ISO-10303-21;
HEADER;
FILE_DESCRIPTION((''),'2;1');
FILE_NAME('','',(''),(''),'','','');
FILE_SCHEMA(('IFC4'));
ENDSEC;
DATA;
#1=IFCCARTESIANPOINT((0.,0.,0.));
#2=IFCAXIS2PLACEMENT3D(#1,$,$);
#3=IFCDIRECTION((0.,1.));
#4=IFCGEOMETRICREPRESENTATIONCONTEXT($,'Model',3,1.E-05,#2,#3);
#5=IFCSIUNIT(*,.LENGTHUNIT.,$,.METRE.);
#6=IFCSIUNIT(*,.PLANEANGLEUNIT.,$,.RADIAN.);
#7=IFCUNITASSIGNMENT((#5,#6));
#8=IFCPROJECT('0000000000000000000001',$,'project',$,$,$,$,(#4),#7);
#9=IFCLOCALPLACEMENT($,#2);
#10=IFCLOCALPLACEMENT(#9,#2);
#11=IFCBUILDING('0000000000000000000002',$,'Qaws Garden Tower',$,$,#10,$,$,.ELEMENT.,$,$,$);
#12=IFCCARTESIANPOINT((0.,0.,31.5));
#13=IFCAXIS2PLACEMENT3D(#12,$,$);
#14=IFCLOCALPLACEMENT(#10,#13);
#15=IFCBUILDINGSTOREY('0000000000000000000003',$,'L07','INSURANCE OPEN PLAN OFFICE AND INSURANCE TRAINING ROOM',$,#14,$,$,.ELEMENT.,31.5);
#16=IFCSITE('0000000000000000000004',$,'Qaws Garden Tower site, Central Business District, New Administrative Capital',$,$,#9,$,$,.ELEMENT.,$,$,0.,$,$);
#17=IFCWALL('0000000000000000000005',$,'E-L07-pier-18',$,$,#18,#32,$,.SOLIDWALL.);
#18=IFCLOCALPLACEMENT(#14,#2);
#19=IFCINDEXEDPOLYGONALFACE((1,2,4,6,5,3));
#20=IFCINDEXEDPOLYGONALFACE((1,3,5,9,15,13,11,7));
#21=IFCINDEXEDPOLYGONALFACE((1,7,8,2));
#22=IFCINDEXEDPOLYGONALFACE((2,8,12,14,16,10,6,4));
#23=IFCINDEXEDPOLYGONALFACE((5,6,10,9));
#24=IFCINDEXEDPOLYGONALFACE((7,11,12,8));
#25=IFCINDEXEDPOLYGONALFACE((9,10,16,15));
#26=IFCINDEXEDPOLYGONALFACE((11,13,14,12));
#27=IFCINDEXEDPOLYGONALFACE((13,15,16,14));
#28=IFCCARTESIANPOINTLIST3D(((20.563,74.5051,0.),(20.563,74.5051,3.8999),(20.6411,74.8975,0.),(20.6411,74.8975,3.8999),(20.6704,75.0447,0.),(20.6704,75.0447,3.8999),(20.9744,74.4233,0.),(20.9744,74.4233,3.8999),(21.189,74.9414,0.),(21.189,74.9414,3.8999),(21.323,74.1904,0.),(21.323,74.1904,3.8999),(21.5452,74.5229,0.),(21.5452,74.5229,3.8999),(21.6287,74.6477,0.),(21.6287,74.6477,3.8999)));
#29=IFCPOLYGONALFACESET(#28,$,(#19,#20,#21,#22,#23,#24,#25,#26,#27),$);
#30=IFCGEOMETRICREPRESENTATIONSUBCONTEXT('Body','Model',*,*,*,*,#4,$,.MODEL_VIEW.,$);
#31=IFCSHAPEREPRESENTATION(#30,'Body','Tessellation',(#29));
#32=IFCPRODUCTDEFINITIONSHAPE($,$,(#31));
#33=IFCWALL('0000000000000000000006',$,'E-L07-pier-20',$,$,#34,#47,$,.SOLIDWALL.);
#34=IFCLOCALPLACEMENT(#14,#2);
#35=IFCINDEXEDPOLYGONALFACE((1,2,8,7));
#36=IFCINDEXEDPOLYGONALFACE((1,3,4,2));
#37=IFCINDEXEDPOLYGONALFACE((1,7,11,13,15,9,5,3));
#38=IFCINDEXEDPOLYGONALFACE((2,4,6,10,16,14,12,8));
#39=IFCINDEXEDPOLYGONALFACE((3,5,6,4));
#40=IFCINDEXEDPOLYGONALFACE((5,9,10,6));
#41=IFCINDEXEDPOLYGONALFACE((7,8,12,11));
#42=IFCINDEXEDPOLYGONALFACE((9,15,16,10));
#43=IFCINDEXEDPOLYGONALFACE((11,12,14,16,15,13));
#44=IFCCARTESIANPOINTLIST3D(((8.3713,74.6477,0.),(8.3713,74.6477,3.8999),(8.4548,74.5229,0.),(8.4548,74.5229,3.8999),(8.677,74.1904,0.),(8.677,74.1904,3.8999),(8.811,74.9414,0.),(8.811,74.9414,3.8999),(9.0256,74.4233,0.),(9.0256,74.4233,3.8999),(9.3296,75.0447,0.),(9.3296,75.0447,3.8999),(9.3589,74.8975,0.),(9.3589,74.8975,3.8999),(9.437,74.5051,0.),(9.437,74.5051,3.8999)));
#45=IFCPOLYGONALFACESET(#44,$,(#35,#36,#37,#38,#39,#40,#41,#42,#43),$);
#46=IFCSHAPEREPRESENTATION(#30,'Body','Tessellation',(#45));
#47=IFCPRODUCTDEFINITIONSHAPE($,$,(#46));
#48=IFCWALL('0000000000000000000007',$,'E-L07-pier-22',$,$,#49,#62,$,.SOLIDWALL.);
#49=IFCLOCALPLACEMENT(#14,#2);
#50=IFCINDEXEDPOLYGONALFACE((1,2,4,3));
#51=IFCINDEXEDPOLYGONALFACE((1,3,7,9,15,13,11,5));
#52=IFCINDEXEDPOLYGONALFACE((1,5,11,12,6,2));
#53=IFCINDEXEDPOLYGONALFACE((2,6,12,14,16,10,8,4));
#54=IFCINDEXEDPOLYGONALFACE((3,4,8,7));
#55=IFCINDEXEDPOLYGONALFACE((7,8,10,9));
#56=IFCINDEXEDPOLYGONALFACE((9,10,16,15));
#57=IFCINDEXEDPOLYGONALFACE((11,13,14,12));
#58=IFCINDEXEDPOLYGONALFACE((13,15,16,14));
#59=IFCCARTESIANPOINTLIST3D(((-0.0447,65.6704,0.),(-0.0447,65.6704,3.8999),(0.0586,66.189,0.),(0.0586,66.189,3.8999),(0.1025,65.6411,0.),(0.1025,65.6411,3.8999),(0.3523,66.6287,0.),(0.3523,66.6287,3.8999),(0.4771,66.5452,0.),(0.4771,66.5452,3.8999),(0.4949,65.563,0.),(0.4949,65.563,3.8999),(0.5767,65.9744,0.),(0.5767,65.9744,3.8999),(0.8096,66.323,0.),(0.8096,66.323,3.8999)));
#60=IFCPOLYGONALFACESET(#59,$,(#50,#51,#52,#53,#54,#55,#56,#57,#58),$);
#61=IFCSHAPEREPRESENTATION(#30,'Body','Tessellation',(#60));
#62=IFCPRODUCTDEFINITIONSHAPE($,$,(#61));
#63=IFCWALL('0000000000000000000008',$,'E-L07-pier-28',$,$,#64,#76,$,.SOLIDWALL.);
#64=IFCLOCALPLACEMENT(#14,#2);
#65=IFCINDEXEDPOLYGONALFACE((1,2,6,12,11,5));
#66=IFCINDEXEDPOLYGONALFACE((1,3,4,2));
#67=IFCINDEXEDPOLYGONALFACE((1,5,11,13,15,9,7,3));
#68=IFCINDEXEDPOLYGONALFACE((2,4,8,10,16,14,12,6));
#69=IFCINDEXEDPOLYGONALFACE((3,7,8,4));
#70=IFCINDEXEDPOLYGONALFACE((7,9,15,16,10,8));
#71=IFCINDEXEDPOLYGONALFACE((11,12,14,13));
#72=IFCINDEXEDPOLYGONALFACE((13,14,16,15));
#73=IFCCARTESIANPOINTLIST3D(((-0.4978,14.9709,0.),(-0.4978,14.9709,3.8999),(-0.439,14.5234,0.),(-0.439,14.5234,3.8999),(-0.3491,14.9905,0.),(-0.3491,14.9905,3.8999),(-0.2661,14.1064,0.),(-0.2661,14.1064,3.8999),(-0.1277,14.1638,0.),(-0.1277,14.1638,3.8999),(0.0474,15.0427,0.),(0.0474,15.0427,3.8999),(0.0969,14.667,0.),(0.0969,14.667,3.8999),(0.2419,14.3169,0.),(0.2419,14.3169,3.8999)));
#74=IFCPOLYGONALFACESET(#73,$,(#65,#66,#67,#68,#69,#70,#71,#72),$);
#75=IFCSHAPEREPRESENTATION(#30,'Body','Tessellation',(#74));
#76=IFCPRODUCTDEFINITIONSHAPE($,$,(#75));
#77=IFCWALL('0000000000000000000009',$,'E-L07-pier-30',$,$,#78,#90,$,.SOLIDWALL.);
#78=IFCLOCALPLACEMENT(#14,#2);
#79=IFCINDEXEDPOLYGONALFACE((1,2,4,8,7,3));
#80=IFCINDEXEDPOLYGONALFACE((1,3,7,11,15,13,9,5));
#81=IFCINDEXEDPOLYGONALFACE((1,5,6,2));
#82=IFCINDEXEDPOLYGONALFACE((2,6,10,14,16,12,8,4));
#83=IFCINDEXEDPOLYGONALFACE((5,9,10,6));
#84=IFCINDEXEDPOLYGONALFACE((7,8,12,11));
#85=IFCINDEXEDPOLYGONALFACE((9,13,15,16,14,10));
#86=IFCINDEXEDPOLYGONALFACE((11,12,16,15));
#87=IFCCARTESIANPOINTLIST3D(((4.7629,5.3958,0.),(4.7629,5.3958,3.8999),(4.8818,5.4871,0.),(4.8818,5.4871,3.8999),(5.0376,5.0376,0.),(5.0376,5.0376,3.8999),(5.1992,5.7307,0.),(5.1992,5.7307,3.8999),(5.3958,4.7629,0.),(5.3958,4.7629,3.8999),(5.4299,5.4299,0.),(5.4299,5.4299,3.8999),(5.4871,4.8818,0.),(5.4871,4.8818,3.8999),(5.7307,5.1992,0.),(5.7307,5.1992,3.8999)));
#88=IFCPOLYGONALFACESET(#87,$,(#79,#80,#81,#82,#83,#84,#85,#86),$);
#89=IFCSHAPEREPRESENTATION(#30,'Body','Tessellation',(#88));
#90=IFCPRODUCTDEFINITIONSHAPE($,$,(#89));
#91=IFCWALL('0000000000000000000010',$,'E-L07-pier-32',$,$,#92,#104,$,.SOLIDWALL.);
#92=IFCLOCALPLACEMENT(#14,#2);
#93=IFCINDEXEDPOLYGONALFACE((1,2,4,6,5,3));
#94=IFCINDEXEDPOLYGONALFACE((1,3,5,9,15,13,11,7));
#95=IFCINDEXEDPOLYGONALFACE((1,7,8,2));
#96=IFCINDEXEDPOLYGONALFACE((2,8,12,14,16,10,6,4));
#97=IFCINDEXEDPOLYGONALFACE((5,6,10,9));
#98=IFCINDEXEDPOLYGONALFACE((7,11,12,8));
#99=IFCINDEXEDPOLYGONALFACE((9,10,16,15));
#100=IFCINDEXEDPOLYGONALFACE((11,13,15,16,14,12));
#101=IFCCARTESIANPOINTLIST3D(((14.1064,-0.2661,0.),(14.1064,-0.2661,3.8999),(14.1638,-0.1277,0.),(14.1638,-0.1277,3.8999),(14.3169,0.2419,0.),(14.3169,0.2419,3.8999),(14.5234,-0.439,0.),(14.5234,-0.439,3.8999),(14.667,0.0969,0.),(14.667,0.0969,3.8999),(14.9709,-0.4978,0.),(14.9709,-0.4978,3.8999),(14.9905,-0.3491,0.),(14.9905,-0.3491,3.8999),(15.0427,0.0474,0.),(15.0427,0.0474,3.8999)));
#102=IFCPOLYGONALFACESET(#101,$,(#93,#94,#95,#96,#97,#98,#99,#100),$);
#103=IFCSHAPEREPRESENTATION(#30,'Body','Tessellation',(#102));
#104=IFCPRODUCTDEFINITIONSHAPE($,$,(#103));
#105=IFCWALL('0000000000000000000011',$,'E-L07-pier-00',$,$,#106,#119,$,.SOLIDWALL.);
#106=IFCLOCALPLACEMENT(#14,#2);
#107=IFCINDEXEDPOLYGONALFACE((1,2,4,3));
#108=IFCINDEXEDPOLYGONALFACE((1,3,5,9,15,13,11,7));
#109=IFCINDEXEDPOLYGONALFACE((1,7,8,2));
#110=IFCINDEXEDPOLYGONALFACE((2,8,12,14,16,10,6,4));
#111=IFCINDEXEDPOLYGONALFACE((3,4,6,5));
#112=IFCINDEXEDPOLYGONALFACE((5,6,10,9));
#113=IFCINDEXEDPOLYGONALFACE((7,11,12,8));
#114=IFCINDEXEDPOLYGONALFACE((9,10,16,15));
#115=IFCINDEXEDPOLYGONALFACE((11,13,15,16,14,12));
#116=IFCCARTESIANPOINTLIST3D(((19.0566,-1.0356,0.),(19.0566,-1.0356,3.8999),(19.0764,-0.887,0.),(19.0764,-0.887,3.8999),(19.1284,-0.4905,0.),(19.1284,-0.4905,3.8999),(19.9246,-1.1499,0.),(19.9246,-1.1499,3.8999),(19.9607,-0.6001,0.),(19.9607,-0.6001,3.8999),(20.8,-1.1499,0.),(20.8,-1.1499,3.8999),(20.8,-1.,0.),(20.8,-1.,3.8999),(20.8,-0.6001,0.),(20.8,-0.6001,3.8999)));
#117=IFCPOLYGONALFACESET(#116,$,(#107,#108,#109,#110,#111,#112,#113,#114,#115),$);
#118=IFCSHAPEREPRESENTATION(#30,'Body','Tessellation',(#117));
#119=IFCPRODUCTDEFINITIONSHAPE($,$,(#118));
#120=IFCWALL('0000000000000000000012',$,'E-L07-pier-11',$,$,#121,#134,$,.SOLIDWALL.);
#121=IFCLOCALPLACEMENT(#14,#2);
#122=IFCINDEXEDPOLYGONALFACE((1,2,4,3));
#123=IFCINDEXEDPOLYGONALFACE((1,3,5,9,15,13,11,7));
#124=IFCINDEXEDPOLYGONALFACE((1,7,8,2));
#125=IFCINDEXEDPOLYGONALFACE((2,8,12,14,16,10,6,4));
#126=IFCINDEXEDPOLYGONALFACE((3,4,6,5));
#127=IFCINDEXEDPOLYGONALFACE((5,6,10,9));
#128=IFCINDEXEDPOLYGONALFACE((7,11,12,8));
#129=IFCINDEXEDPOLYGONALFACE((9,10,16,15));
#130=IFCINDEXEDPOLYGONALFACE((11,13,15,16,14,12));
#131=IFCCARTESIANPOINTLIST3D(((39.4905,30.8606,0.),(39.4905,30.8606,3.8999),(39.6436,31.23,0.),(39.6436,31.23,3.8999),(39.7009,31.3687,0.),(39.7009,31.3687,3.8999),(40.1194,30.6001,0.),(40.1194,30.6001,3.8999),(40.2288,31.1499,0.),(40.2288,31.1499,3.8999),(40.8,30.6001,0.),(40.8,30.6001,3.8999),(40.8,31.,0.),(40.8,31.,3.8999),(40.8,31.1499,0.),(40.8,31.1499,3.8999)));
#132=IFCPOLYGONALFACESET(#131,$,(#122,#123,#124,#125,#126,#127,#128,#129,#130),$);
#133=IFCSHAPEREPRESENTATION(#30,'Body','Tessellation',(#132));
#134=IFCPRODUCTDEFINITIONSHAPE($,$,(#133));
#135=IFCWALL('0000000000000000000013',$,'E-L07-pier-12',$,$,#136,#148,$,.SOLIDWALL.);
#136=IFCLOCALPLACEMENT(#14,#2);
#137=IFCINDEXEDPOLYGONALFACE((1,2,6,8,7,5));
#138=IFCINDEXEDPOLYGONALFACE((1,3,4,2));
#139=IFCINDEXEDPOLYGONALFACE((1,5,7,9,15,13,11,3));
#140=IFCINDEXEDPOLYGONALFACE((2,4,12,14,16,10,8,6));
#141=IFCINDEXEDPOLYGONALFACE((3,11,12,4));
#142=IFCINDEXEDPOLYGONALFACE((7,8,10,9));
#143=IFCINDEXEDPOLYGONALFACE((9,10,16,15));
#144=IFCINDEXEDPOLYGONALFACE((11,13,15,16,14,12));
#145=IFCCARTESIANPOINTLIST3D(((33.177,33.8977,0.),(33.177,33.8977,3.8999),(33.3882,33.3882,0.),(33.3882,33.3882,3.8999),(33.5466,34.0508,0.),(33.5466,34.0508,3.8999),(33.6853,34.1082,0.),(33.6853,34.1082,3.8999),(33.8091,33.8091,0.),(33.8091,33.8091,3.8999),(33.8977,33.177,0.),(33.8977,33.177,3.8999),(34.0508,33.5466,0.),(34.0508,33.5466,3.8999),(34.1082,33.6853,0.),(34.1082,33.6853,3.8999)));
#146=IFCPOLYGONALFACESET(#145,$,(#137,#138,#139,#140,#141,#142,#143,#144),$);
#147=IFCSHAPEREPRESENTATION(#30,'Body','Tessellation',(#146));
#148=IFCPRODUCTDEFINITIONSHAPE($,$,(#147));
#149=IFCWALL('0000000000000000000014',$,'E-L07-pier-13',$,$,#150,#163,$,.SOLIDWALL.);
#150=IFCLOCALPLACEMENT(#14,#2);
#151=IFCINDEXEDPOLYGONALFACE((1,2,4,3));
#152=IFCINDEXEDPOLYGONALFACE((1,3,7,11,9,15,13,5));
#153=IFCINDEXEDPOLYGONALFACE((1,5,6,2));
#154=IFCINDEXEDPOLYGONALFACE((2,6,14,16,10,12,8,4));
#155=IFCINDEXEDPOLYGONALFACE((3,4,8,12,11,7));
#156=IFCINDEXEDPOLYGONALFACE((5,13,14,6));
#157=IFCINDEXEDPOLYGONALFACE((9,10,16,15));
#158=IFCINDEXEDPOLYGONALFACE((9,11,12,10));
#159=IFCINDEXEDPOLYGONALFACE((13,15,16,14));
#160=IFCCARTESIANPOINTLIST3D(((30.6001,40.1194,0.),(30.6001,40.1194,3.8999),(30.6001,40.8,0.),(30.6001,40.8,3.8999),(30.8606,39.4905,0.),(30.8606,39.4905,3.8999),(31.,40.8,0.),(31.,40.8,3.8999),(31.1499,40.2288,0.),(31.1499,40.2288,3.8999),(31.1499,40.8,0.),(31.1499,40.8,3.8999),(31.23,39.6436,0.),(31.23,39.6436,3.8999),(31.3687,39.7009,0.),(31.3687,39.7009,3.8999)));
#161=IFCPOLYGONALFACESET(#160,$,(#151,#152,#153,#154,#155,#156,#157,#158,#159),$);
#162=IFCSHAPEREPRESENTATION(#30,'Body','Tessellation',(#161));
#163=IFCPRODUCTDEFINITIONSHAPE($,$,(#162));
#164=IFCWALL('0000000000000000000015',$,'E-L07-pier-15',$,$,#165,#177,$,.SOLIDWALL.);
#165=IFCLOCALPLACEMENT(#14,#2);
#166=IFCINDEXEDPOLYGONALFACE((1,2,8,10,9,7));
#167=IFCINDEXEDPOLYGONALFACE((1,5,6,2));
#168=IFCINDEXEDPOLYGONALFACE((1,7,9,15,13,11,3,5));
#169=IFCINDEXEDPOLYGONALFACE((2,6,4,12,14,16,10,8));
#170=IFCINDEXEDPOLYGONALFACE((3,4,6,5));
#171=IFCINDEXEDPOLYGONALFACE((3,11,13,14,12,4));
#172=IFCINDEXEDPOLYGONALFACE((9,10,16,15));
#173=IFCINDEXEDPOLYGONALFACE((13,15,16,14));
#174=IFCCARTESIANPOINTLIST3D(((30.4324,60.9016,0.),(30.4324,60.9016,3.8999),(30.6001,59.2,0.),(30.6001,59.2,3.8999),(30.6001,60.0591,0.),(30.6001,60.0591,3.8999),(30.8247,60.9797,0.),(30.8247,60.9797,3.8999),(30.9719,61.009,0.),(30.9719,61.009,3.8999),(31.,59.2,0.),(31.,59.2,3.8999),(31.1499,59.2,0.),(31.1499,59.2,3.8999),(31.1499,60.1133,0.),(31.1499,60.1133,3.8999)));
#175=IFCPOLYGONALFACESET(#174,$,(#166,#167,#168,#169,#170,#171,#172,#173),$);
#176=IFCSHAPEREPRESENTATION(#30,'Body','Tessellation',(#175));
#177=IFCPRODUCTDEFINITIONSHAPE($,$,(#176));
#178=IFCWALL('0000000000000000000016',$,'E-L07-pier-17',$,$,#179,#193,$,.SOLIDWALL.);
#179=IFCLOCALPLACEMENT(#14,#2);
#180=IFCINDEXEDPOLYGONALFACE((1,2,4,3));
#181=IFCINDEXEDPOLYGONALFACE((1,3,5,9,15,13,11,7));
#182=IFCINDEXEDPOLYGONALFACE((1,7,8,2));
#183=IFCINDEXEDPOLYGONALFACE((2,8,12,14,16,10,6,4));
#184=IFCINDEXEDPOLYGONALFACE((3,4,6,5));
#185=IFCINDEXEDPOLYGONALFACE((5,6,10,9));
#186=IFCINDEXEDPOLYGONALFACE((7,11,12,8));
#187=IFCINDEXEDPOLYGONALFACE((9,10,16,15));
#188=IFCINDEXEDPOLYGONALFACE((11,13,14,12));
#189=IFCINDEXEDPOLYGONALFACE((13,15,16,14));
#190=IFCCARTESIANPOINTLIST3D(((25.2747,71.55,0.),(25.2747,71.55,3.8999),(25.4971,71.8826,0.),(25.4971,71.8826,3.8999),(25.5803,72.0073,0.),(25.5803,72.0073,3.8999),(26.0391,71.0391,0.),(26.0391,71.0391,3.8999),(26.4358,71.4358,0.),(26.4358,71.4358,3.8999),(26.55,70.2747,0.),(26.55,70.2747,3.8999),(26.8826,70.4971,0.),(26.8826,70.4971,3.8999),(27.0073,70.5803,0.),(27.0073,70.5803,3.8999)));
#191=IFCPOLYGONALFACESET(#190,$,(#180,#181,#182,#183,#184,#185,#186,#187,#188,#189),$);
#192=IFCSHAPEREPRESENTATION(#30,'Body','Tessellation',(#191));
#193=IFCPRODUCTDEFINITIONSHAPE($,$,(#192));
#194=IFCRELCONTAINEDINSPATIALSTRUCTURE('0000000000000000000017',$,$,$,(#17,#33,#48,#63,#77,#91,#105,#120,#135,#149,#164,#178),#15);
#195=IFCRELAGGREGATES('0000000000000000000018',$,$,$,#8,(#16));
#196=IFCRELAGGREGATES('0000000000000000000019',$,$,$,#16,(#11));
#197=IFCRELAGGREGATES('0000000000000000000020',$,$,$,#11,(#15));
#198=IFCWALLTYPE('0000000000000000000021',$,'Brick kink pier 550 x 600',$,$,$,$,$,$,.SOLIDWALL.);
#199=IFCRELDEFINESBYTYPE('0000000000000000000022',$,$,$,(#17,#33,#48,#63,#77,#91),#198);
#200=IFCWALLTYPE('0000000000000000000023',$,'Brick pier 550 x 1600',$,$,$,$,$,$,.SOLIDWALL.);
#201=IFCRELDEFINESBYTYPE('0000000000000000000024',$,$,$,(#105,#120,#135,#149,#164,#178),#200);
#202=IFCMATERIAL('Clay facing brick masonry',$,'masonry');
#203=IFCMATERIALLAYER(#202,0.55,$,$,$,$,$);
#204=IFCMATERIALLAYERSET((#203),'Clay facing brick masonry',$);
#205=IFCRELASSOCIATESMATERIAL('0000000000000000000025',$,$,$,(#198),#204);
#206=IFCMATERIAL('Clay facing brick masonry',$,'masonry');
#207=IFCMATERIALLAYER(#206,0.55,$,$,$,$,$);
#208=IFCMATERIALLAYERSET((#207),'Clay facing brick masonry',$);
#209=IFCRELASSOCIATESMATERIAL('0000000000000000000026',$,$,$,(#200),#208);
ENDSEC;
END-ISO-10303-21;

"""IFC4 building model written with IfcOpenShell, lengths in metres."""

from ifc_helpers import new_model, si_unit, direction, frame, origin, place, context, subcontext, project, spatial, polyline, outline, extrude, material, layer, layer_set, type_object, element, save


model = new_model("IFC4")

# Units and contexts
model_context = context("Model", 3, precision=1e-05, world=origin(), true_north=direction((0.0, 1.0)))
body_context = subcontext(model_context, "Body", "Model", "MODEL_VIEW")
ifc_project = project(units=[si_unit("LENGTHUNIT", "METRE"), si_unit("PLANEANGLEUNIT", "RADIAN")], contexts=[model_context])

# Site, building, storey
site_placement = place(None, origin())
site = spatial("IfcSite", under=ifc_project, at=site_placement, Name="Qaws Garden Tower site, Central Business District, New Administrative Capital", CompositionType="ELEMENT", RefElevation=0.0)
building_placement = place(site_placement, origin())
building = spatial("IfcBuilding", under=site, at=building_placement, Name="Qaws Garden Tower", CompositionType="ELEMENT")
storey_placement = place(building_placement, frame((0.0, 0.0, 31.5)))
storey = spatial("IfcBuildingStorey", under=building, at=storey_placement, Name="L07", Description="INSURANCE OPEN PLAN OFFICE AND INSURANCE TRAINING ROOM", CompositionType="ELEMENT", Elevation=31.5)

# Walls
placement = place(storey_placement, origin())
ifc_material_1 = material(Name="Clay facing brick masonry", Category="masonry")
ifc_layer_1 = layer(ifc_material_1, 0.55)
ifc_layer_set_1 = layer_set([ifc_layer_1], Name="Clay facing brick masonry")
wall_type_1 = type_object("IfcWallType", Name="Brick kink pier 550 x 600", PredefinedType="SOLIDWALL", material=ifc_layer_set_1)
element("IfcWall", 1, at=placement, inside=storey, type_object=wall_type_1, Name="E-L07-pier-18", PredefinedType="SOLIDWALL", context=body_context, shape_type="SweptSolid", body=[
    extrude(outline(polyline([(21.5452, 74.5229), (21.6287, 74.6477), (21.189, 74.9414), (20.6704, 75.0447), (20.6411, 74.8975), (20.563, 74.5051), (20.9744, 74.4233), (21.323, 74.1904), (21.5452, 74.5229)])), origin(), (0.0, 0.0, 1.0), 3.8999),
])
element("IfcWall", 2, at=placement, inside=storey, type_object=wall_type_1, Name="E-L07-pier-20", PredefinedType="SOLIDWALL", context=body_context, shape_type="SweptSolid", body=[
    extrude(outline(polyline([(9.3589, 74.8975), (9.3296, 75.0447), (8.811, 74.9414), (8.3713, 74.6477), (8.4548, 74.5229), (8.677, 74.1904), (9.0256, 74.4233), (9.437, 74.5051), (9.3589, 74.8975)])), origin(), (0.0, 0.0, 1.0), 3.8999),
])
element("IfcWall", 3, at=placement, inside=storey, type_object=wall_type_1, Name="E-L07-pier-22", PredefinedType="SOLIDWALL", context=body_context, shape_type="SweptSolid", body=[
    extrude(outline(polyline([(0.4771, 66.5452), (0.3523, 66.6287), (0.0586, 66.189), (-0.0447, 65.6704), (0.1025, 65.6411), (0.4949, 65.563), (0.5767, 65.9744), (0.8096, 66.323), (0.4771, 66.5452)])), origin(), (0.0, 0.0, 1.0), 3.8999),
])
element("IfcWall", 4, at=placement, inside=storey, type_object=wall_type_1, Name="E-L07-pier-28", PredefinedType="SOLIDWALL", context=body_context, shape_type="SweptSolid", body=[
    extrude(outline(polyline([(-0.3491, 14.9905), (-0.4978, 14.9709), (-0.439, 14.5234), (-0.2661, 14.1064), (-0.1277, 14.1638), (0.2419, 14.3169), (0.0969, 14.667), (0.0474, 15.0427), (-0.3491, 14.9905)])), origin(), (0.0, 0.0, 1.0), 3.8999),
])
element("IfcWall", 5, at=placement, inside=storey, type_object=wall_type_1, Name="E-L07-pier-30", PredefinedType="SOLIDWALL", context=body_context, shape_type="SweptSolid", body=[
    extrude(outline(polyline([(4.8818, 5.4871), (4.7629, 5.3958), (5.0376, 5.0376), (5.3958, 4.7629), (5.4871, 4.8818), (5.7307, 5.1992), (5.4299, 5.4299), (5.1992, 5.7307), (4.8818, 5.4871)])), origin(), (0.0, 0.0, 1.0), 3.8999),
])
element("IfcWall", 6, at=placement, inside=storey, type_object=wall_type_1, Name="E-L07-pier-32", PredefinedType="SOLIDWALL", context=body_context, shape_type="SweptSolid", body=[
    extrude(outline(polyline([(14.1638, -0.1277), (14.1064, -0.2661), (14.5234, -0.439), (14.9709, -0.4978), (14.9905, -0.3491), (15.0427, 0.0474), (14.667, 0.0969), (14.3169, 0.2419), (14.1638, -0.1277)])), origin(), (0.0, 0.0, 1.0), 3.8999),
])
ifc_material_2 = material(Name="Clay facing brick masonry", Category="masonry")
ifc_layer_2 = layer(ifc_material_2, 0.55)
ifc_layer_set_2 = layer_set([ifc_layer_2], Name="Clay facing brick masonry")
wall_type_2 = type_object("IfcWallType", Name="Brick pier 550 x 1600", PredefinedType="SOLIDWALL", material=ifc_layer_set_2)
element("IfcWall", 7, at=placement, inside=storey, type_object=wall_type_2, Name="E-L07-pier-00", PredefinedType="SOLIDWALL", context=body_context, shape_type="SweptSolid", body=[
    extrude(outline(polyline([(19.0764, -0.887), (19.0566, -1.0356), (19.9246, -1.1499), (20.8, -1.1499), (20.8, -1.0), (20.8, -0.6001), (19.9607, -0.6001), (19.1284, -0.4905), (19.0764, -0.887)])), origin(), (0.0, 0.0, 1.0), 3.8999),
])
element("IfcWall", 8, at=placement, inside=storey, type_object=wall_type_2, Name="E-L07-pier-11", PredefinedType="SOLIDWALL", context=body_context, shape_type="SweptSolid", body=[
    extrude(outline(polyline([(40.8, 31.0), (40.8, 31.1499), (40.2288, 31.1499), (39.7009, 31.3687), (39.6436, 31.23), (39.4905, 30.8606), (40.1194, 30.6001), (40.8, 30.6001), (40.8, 31.0)])), origin(), (0.0, 0.0, 1.0), 3.8999),
])
element("IfcWall", 9, at=placement, inside=storey, type_object=wall_type_2, Name="E-L07-pier-12", PredefinedType="SOLIDWALL", context=body_context, shape_type="SweptSolid", body=[
    extrude(outline(polyline([(34.0508, 33.5466), (34.1082, 33.6853), (33.8091, 33.8091), (33.6853, 34.1082), (33.5466, 34.0508), (33.177, 33.8977), (33.3882, 33.3882), (33.8977, 33.177), (34.0508, 33.5466)])), origin(), (0.0, 0.0, 1.0), 3.8999),
])
element("IfcWall", 10, at=placement, inside=storey, type_object=wall_type_2, Name="E-L07-pier-13", PredefinedType="SOLIDWALL", context=body_context, shape_type="SweptSolid", body=[
    extrude(outline(polyline([(31.23, 39.6436), (31.3687, 39.7009), (31.1499, 40.2288), (31.1499, 40.8), (31.0, 40.8), (30.6001, 40.8), (30.6001, 40.1194), (30.8606, 39.4905), (31.23, 39.6436)])), origin(), (0.0, 0.0, 1.0), 3.8999),
])
element("IfcWall", 11, at=placement, inside=storey, type_object=wall_type_2, Name="E-L07-pier-15", PredefinedType="SOLIDWALL", context=body_context, shape_type="SweptSolid", body=[
    extrude(outline(polyline([(31.0, 59.2), (31.1499, 59.2), (31.1499, 60.1133), (30.9719, 61.009), (30.8247, 60.9797), (30.4324, 60.9016), (30.6001, 60.0591), (30.6001, 59.2), (31.0, 59.2)])), origin(), (0.0, 0.0, 1.0), 3.8999),
])
element("IfcWall", 12, at=placement, inside=storey, type_object=wall_type_2, Name="E-L07-pier-17", PredefinedType="SOLIDWALL", context=body_context, shape_type="SweptSolid", body=[
    extrude(outline(polyline([(26.8826, 70.4971), (27.0073, 70.5803), (26.4358, 71.4358), (25.5803, 72.0073), (25.4971, 71.8826), (25.2747, 71.55), (26.0391, 71.0391), (26.55, 70.2747), (26.8826, 70.4971)])), origin(), (0.0, 0.0, 1.0), 3.8999),
])

save(model, "model.ifc")
